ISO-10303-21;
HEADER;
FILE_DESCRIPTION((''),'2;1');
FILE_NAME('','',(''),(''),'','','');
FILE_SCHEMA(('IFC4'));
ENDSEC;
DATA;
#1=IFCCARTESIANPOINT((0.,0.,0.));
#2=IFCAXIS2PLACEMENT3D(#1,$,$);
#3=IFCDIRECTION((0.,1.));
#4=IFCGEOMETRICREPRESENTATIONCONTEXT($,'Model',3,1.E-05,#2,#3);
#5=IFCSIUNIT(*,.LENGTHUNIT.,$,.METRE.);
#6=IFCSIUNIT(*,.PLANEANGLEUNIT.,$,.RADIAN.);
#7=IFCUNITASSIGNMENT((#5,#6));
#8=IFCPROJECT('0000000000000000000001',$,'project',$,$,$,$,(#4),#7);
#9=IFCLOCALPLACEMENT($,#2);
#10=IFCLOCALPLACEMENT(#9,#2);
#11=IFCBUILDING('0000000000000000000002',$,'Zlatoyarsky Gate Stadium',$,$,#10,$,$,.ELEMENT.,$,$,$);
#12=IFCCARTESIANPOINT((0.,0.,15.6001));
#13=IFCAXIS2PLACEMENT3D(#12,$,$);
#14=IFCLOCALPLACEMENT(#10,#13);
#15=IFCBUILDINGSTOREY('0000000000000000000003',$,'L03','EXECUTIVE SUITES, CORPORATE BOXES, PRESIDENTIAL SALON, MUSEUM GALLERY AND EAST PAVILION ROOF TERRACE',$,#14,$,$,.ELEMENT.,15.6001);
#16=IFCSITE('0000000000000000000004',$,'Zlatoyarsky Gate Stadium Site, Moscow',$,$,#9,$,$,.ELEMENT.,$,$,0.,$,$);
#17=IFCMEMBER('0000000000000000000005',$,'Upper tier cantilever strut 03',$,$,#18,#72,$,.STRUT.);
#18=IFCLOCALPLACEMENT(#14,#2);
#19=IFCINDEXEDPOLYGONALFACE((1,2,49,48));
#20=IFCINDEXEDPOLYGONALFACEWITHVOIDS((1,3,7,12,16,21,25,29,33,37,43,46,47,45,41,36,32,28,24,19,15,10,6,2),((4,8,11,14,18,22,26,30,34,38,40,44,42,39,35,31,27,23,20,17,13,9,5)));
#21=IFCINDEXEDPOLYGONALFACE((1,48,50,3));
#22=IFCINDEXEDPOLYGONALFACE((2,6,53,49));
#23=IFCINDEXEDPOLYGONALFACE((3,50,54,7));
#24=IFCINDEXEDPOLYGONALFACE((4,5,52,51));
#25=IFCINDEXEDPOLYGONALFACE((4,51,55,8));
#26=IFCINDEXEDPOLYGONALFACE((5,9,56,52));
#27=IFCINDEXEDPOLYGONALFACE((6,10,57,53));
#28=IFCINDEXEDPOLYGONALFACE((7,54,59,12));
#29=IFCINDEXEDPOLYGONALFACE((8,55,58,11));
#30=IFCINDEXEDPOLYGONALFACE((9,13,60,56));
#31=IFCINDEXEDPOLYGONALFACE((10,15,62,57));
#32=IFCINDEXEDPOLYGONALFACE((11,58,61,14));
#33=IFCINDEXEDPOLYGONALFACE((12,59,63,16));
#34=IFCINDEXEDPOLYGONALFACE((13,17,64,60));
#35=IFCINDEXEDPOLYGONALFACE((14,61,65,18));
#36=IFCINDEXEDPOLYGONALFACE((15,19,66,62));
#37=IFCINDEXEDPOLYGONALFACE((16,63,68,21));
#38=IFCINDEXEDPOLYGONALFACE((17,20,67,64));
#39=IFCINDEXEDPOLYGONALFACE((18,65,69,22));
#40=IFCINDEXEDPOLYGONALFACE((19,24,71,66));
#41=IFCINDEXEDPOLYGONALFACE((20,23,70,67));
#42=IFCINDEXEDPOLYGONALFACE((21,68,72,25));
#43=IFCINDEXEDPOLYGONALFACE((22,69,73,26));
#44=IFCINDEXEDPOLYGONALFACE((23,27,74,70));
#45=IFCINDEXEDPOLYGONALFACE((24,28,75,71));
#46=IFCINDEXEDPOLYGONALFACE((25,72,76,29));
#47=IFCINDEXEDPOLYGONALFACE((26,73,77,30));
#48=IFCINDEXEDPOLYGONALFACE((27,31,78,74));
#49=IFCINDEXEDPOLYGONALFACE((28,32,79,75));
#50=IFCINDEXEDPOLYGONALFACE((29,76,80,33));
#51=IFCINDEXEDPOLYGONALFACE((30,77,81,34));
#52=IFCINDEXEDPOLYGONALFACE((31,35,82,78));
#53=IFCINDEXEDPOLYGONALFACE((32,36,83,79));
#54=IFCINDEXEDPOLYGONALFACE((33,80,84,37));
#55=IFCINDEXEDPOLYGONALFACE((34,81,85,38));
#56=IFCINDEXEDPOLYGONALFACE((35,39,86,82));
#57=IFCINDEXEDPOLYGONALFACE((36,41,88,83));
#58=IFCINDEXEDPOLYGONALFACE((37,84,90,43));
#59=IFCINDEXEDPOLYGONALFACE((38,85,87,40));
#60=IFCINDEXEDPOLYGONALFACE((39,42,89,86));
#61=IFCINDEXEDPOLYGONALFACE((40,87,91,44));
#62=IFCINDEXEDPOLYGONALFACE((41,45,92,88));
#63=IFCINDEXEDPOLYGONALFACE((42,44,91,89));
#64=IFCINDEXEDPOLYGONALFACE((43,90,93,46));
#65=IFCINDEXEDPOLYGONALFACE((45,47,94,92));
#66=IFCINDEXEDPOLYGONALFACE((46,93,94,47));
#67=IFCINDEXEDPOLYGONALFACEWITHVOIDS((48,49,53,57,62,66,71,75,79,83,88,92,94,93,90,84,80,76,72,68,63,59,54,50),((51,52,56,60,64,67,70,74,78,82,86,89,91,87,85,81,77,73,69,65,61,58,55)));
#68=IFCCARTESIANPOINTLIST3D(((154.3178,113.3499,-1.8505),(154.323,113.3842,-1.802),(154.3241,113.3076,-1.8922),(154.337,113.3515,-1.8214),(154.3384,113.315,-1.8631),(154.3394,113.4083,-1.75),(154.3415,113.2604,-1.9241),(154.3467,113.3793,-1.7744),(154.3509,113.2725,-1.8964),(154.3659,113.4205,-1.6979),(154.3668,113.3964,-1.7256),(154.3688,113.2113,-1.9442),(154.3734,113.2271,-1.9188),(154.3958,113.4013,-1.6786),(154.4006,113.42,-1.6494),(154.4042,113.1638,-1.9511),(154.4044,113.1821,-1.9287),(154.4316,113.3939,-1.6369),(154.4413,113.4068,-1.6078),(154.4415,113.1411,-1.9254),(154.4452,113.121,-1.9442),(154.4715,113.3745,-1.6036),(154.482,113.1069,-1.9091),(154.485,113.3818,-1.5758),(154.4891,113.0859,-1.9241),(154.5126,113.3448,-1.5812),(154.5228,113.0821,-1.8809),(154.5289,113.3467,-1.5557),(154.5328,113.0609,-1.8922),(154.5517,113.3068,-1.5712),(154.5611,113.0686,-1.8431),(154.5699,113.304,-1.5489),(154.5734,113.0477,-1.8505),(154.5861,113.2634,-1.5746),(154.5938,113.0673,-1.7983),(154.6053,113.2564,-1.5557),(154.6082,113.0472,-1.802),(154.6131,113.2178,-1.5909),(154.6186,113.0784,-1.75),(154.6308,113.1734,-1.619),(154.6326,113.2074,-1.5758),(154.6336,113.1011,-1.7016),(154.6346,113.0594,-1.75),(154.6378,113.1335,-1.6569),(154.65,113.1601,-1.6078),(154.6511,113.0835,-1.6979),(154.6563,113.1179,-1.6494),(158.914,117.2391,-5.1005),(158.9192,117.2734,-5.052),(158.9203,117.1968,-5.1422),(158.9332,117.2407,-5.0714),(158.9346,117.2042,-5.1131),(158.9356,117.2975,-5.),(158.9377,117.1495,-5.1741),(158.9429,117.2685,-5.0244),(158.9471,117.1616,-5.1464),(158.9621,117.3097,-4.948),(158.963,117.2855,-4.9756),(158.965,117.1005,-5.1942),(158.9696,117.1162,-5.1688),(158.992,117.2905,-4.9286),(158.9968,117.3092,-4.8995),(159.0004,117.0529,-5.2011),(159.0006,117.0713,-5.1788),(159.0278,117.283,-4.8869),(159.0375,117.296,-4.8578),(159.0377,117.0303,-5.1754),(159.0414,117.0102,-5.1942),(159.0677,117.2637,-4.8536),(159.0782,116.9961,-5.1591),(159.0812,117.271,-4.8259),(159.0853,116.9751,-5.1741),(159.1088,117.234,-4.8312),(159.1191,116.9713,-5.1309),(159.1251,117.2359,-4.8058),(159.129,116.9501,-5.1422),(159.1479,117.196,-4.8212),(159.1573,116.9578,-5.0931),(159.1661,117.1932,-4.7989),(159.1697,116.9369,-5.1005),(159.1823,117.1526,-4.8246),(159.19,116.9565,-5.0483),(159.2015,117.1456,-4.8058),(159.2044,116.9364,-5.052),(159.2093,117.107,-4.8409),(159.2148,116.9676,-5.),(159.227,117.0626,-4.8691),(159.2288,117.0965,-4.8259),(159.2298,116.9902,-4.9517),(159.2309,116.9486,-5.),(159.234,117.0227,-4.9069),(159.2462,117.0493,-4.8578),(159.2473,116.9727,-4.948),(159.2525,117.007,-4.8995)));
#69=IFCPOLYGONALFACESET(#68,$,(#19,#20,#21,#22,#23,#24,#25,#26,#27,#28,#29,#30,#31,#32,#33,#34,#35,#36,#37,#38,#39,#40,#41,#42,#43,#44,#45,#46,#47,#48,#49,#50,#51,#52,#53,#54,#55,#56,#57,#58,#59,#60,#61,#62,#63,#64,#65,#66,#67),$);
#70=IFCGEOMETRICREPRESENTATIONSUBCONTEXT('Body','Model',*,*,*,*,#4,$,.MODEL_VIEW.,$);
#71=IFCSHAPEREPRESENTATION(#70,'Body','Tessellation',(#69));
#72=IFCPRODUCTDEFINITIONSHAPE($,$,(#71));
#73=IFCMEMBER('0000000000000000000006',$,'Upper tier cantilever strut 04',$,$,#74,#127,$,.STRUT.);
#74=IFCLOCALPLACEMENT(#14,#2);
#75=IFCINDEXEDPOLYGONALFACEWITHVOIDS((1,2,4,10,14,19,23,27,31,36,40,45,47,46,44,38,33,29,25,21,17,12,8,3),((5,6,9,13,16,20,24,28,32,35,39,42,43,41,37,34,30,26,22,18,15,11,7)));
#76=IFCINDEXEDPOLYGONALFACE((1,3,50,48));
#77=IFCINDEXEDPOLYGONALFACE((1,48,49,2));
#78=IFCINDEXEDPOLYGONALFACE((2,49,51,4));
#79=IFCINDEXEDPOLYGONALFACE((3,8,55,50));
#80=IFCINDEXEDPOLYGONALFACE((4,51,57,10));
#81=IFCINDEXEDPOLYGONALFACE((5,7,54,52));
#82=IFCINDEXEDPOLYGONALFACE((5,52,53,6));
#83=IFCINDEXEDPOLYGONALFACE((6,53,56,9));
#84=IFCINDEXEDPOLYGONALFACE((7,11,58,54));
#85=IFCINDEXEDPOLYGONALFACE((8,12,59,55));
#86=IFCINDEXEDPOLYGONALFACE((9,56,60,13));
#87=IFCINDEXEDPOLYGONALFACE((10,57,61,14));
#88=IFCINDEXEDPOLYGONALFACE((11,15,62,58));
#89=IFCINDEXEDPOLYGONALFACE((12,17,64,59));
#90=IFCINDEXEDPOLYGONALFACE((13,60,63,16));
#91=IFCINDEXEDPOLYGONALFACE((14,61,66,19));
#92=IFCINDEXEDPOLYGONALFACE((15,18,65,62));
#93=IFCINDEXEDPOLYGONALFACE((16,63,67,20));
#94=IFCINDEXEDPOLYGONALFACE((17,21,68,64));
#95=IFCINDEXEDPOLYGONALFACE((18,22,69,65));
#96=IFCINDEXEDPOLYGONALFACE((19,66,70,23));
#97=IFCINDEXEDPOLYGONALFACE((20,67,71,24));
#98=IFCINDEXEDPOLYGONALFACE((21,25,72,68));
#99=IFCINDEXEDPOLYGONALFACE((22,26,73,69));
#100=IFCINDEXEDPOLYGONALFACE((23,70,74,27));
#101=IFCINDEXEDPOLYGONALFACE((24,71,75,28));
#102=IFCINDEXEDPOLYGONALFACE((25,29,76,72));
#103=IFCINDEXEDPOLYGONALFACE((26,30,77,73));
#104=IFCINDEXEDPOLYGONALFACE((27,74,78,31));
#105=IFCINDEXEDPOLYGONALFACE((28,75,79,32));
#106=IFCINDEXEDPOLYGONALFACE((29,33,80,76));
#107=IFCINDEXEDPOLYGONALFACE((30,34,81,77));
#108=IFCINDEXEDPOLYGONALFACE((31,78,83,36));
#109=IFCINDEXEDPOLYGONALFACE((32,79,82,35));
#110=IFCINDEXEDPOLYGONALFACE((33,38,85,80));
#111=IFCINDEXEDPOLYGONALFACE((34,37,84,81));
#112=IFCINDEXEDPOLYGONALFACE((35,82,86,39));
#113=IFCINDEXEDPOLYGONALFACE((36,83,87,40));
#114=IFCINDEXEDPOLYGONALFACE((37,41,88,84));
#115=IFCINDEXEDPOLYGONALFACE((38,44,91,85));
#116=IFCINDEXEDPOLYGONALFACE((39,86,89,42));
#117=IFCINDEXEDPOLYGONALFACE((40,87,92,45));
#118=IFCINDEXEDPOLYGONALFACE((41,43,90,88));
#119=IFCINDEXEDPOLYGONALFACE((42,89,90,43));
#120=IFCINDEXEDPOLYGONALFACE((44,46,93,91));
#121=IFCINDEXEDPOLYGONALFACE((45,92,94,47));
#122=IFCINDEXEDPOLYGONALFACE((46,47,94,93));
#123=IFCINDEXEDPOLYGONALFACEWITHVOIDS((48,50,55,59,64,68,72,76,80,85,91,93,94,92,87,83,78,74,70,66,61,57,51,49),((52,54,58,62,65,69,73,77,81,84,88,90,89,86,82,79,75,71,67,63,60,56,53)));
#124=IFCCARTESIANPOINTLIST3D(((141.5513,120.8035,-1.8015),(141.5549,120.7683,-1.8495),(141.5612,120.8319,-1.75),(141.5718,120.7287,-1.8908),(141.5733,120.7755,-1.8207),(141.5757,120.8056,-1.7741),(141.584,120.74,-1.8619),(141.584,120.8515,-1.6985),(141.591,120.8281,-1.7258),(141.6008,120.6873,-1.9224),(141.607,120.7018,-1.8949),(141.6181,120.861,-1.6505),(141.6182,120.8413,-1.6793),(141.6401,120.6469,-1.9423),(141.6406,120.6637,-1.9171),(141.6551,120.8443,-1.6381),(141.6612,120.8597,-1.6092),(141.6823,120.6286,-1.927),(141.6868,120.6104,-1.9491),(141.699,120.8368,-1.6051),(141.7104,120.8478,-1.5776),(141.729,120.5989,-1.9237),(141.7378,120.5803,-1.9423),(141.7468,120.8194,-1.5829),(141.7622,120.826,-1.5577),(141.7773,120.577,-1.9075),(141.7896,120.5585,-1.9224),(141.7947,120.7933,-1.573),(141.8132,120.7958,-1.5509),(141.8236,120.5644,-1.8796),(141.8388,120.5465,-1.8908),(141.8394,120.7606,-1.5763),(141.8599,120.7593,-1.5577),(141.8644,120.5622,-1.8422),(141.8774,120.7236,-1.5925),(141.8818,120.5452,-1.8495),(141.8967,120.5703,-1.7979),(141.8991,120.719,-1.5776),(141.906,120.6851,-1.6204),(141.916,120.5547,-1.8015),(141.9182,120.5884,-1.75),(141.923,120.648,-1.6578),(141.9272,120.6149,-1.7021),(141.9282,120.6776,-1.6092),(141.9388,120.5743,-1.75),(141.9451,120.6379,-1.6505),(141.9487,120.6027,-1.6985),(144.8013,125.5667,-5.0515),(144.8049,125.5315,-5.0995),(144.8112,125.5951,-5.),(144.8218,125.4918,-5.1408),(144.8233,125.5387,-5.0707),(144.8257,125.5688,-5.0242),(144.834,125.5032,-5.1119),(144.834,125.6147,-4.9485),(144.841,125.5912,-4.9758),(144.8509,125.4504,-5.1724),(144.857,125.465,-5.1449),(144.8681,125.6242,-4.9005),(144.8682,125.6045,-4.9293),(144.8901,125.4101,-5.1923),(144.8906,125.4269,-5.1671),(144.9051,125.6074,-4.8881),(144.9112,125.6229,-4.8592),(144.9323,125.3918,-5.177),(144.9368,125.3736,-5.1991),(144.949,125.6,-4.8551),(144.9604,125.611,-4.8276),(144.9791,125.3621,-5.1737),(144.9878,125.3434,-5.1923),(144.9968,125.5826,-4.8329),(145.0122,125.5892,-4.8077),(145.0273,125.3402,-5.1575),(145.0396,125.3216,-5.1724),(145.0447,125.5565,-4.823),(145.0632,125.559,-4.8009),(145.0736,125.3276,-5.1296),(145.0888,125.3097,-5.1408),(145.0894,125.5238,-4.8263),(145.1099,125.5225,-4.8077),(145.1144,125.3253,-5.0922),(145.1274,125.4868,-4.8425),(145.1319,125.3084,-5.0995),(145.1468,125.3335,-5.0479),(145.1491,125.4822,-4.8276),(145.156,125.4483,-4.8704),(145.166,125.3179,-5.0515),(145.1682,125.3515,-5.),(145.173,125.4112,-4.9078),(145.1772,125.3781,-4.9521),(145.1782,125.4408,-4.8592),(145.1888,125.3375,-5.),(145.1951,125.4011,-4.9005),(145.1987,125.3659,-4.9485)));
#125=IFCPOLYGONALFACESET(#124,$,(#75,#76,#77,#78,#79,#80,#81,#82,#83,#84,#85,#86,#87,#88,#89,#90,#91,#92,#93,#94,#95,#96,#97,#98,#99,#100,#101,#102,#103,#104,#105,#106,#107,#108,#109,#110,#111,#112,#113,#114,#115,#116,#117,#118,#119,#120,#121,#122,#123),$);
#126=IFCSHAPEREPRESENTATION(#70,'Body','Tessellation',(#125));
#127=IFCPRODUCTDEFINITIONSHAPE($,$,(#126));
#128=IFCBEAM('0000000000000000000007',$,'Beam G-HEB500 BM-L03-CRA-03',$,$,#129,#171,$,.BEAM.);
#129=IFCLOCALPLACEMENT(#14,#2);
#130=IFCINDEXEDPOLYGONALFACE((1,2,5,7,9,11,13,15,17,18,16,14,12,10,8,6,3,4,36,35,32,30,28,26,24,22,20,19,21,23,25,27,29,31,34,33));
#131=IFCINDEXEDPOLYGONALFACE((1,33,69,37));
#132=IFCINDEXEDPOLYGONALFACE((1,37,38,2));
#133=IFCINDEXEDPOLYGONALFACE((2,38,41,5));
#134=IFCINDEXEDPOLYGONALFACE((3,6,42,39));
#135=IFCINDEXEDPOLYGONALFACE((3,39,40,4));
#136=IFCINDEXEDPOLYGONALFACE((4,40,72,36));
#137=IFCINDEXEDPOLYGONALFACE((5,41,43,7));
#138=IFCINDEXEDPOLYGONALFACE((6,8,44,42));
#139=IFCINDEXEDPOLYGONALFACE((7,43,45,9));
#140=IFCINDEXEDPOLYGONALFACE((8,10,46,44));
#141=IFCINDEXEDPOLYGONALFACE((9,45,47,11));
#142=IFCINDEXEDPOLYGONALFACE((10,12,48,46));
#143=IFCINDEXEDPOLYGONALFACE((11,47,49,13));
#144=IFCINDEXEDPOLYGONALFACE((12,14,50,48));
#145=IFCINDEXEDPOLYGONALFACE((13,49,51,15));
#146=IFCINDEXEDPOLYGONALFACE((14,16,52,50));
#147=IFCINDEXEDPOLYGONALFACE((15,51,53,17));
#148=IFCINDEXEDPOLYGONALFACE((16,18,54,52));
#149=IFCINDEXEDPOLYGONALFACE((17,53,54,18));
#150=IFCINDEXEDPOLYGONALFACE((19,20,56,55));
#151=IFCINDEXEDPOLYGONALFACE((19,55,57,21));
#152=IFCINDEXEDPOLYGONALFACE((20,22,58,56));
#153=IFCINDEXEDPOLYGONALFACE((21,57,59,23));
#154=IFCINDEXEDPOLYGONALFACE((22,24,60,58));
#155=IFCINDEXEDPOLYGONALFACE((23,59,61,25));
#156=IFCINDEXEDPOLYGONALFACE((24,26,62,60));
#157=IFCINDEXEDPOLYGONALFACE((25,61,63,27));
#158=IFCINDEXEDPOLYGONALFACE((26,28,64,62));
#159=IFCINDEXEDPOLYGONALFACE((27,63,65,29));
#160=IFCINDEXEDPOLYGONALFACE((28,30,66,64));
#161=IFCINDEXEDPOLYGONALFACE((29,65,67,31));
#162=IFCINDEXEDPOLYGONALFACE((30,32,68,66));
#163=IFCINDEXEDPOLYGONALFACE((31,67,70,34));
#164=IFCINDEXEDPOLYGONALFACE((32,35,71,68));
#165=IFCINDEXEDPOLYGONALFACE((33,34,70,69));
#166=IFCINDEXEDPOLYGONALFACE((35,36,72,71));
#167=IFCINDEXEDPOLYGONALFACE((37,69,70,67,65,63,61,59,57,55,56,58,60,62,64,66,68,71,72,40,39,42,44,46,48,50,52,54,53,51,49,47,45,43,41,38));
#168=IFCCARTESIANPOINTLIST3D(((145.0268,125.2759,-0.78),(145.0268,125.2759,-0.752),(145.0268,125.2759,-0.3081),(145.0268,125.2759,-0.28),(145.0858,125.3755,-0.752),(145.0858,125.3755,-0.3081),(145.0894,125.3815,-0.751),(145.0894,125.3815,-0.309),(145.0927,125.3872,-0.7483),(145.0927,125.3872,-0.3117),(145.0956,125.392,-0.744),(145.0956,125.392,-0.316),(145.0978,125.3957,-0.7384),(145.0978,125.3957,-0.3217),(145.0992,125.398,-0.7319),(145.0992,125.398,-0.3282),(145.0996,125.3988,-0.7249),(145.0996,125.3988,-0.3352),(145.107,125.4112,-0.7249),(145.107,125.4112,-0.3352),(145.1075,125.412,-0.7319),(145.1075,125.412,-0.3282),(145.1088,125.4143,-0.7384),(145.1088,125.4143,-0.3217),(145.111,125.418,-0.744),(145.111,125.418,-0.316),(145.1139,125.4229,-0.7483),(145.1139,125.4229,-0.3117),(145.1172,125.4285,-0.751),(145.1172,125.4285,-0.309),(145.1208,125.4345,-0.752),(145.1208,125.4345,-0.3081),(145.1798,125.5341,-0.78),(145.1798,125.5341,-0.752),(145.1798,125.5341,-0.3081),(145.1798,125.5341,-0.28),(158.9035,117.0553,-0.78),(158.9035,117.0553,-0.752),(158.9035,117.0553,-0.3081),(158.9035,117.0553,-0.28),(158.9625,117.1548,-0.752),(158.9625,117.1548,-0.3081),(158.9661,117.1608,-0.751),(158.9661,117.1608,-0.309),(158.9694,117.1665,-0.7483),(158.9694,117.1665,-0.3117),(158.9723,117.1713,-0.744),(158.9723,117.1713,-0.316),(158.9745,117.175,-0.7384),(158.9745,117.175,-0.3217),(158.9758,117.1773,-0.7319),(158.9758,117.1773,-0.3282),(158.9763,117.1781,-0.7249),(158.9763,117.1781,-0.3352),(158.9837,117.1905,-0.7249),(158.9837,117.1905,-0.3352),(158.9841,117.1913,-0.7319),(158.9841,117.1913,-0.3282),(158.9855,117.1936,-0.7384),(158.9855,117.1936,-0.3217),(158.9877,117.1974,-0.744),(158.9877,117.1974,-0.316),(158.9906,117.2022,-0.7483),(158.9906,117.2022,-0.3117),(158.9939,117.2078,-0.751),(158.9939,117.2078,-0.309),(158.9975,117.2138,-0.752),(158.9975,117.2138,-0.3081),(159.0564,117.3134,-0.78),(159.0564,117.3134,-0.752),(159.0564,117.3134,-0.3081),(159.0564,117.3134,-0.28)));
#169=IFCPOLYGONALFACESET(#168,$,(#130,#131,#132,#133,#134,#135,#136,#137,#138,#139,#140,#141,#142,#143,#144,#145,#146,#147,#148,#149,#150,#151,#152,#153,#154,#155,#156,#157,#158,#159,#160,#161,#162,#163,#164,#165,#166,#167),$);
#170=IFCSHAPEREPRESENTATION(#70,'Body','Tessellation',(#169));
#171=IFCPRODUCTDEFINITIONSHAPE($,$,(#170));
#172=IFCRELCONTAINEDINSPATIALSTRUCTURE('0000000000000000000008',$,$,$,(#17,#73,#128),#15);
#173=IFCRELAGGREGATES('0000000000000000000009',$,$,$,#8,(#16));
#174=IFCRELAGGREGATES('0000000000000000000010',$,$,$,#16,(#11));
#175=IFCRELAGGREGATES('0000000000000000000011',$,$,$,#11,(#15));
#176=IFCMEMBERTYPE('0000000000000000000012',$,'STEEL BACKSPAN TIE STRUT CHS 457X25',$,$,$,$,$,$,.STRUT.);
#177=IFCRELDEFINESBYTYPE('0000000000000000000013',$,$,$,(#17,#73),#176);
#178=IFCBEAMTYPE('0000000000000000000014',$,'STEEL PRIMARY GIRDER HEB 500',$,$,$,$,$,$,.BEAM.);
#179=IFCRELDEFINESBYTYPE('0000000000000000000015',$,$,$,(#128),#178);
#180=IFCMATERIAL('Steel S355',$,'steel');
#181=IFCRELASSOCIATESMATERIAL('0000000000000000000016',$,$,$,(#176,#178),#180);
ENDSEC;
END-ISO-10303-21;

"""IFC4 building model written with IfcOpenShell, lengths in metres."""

from ifc_helpers import new_model, si_unit, direction, frame, origin, origin_2d, place, context, subcontext, project, spatial, hollow_circle, i_section, extrude, material, material_profile, profile_set, type_object, element, save


model = new_model("IFC4")

# Units and contexts
model_context = context("Model", 3, precision=1e-05, world=origin(), true_north=direction((0.0, 1.0)))
body_context = subcontext(model_context, "Body", "Model", "MODEL_VIEW")
ifc_project = project(units=[si_unit("LENGTHUNIT", "METRE"), si_unit("PLANEANGLEUNIT", "RADIAN")], contexts=[model_context])

# Site, building, storey
site_placement = place(None, origin())
site = spatial("IfcSite", under=ifc_project, at=site_placement, Name="Zlatoyarsky Gate Stadium Site, Moscow", CompositionType="ELEMENT", RefElevation=0.0)
building_placement = place(site_placement, origin())
building = spatial("IfcBuilding", under=site, at=building_placement, Name="Zlatoyarsky Gate Stadium", CompositionType="ELEMENT")
storey_placement = place(building_placement, frame((0.0, 0.0, 15.6001)))
storey = spatial("IfcBuildingStorey", under=building, at=storey_placement, Name="L03", Description="EXECUTIVE SUITES, CORPORATE BOXES, PRESIDENTIAL SALON, MUSEUM GALLERY AND EAST PAVILION ROOF TERRACE", CompositionType="ELEMENT", Elevation=15.6001)

# Shared definitions
ifc_material_1 = material(Name="Steel S355", Category="steel")

# Members
ifc_material_profile_1 = material_profile(ifc_material_1, hollow_circle(Radius=0.2285, WallThickness=0.0249, at=origin_2d()), Name="CHS 457X25")
ifc_profile_set_1 = profile_set([ifc_material_profile_1], Name="Steel S355")
member_type = type_object("IfcMemberType", Name="STEEL BACKSPAN TIE STRUT CHS 457X25", PredefinedType="STRUT", material=ifc_profile_set_1)
member_1_placement = place(storey_placement, frame((159.0833, 117.123, -5.0), z_axis=(-0.671761, -0.568424, 0.475007), x_axis=(0.64595, -0.76338, 0.0)))
element("IfcMember", 1, at=member_1_placement, inside=storey, type_object=member_type, Name="Upper tier cantilever strut 03", PredefinedType="STRUT", context=body_context, shape_type="SweptSolid", body=[
    extrude(hollow_circle(Radius=0.2285, WallThickness=0.0249, at=origin_2d()), origin(), (0.0, 0.0, 1.0), 6.842),
])
member_2_placement = place(storey_placement, frame((145.0, 125.4663, -5.0), z_axis=(-0.491001, -0.719608, 0.491001), x_axis=(0.826036, -0.563618, 0.0)))
element("IfcMember", 2, at=member_2_placement, inside=storey, type_object=member_type, Name="Upper tier cantilever strut 04", PredefinedType="STRUT", context=body_context, shape_type="SweptSolid", body=[
    extrude(hollow_circle(Radius=0.2285, WallThickness=0.0249, at=origin_2d()), origin(), (0.0, 0.0, 1.0), 6.6191),
])

# Beam
ifc_material_profile_2 = material_profile(ifc_material_1, i_section(OverallWidth=0.3, OverallDepth=0.5, WebThickness=0.0144, FlangeThickness=0.0281, FilletRadius=0.0271, at=origin_2d()), Name="HEB 500")
ifc_profile_set_2 = profile_set([ifc_material_profile_2], Name="Steel S355")
beam_type_1 = type_object("IfcBeamType", Name="STEEL PRIMARY GIRDER HEB 500", PredefinedType="BEAM", material=ifc_profile_set_2)
beam_1_placement = place(storey_placement, frame((158.98, 117.1843, -0.53), z_axis=(-0.86036, 0.509686, 0.0), x_axis=(-0.509686, -0.86036, 0.0)))
element("IfcBeam", 3, at=beam_1_placement, inside=storey, type_object=beam_type_1, Name="Beam G-HEB500 BM-L03-CRA-03", PredefinedType="BEAM", context=body_context, shape_type="SweptSolid", body=[
    extrude(i_section(OverallWidth=0.3, OverallDepth=0.5, WebThickness=0.0144, FlangeThickness=0.0281, FilletRadius=0.0271, at=origin_2d()), origin(), (0.0, 0.0, 1.0), 16.1289),
])

save(model, "model.ifc")
